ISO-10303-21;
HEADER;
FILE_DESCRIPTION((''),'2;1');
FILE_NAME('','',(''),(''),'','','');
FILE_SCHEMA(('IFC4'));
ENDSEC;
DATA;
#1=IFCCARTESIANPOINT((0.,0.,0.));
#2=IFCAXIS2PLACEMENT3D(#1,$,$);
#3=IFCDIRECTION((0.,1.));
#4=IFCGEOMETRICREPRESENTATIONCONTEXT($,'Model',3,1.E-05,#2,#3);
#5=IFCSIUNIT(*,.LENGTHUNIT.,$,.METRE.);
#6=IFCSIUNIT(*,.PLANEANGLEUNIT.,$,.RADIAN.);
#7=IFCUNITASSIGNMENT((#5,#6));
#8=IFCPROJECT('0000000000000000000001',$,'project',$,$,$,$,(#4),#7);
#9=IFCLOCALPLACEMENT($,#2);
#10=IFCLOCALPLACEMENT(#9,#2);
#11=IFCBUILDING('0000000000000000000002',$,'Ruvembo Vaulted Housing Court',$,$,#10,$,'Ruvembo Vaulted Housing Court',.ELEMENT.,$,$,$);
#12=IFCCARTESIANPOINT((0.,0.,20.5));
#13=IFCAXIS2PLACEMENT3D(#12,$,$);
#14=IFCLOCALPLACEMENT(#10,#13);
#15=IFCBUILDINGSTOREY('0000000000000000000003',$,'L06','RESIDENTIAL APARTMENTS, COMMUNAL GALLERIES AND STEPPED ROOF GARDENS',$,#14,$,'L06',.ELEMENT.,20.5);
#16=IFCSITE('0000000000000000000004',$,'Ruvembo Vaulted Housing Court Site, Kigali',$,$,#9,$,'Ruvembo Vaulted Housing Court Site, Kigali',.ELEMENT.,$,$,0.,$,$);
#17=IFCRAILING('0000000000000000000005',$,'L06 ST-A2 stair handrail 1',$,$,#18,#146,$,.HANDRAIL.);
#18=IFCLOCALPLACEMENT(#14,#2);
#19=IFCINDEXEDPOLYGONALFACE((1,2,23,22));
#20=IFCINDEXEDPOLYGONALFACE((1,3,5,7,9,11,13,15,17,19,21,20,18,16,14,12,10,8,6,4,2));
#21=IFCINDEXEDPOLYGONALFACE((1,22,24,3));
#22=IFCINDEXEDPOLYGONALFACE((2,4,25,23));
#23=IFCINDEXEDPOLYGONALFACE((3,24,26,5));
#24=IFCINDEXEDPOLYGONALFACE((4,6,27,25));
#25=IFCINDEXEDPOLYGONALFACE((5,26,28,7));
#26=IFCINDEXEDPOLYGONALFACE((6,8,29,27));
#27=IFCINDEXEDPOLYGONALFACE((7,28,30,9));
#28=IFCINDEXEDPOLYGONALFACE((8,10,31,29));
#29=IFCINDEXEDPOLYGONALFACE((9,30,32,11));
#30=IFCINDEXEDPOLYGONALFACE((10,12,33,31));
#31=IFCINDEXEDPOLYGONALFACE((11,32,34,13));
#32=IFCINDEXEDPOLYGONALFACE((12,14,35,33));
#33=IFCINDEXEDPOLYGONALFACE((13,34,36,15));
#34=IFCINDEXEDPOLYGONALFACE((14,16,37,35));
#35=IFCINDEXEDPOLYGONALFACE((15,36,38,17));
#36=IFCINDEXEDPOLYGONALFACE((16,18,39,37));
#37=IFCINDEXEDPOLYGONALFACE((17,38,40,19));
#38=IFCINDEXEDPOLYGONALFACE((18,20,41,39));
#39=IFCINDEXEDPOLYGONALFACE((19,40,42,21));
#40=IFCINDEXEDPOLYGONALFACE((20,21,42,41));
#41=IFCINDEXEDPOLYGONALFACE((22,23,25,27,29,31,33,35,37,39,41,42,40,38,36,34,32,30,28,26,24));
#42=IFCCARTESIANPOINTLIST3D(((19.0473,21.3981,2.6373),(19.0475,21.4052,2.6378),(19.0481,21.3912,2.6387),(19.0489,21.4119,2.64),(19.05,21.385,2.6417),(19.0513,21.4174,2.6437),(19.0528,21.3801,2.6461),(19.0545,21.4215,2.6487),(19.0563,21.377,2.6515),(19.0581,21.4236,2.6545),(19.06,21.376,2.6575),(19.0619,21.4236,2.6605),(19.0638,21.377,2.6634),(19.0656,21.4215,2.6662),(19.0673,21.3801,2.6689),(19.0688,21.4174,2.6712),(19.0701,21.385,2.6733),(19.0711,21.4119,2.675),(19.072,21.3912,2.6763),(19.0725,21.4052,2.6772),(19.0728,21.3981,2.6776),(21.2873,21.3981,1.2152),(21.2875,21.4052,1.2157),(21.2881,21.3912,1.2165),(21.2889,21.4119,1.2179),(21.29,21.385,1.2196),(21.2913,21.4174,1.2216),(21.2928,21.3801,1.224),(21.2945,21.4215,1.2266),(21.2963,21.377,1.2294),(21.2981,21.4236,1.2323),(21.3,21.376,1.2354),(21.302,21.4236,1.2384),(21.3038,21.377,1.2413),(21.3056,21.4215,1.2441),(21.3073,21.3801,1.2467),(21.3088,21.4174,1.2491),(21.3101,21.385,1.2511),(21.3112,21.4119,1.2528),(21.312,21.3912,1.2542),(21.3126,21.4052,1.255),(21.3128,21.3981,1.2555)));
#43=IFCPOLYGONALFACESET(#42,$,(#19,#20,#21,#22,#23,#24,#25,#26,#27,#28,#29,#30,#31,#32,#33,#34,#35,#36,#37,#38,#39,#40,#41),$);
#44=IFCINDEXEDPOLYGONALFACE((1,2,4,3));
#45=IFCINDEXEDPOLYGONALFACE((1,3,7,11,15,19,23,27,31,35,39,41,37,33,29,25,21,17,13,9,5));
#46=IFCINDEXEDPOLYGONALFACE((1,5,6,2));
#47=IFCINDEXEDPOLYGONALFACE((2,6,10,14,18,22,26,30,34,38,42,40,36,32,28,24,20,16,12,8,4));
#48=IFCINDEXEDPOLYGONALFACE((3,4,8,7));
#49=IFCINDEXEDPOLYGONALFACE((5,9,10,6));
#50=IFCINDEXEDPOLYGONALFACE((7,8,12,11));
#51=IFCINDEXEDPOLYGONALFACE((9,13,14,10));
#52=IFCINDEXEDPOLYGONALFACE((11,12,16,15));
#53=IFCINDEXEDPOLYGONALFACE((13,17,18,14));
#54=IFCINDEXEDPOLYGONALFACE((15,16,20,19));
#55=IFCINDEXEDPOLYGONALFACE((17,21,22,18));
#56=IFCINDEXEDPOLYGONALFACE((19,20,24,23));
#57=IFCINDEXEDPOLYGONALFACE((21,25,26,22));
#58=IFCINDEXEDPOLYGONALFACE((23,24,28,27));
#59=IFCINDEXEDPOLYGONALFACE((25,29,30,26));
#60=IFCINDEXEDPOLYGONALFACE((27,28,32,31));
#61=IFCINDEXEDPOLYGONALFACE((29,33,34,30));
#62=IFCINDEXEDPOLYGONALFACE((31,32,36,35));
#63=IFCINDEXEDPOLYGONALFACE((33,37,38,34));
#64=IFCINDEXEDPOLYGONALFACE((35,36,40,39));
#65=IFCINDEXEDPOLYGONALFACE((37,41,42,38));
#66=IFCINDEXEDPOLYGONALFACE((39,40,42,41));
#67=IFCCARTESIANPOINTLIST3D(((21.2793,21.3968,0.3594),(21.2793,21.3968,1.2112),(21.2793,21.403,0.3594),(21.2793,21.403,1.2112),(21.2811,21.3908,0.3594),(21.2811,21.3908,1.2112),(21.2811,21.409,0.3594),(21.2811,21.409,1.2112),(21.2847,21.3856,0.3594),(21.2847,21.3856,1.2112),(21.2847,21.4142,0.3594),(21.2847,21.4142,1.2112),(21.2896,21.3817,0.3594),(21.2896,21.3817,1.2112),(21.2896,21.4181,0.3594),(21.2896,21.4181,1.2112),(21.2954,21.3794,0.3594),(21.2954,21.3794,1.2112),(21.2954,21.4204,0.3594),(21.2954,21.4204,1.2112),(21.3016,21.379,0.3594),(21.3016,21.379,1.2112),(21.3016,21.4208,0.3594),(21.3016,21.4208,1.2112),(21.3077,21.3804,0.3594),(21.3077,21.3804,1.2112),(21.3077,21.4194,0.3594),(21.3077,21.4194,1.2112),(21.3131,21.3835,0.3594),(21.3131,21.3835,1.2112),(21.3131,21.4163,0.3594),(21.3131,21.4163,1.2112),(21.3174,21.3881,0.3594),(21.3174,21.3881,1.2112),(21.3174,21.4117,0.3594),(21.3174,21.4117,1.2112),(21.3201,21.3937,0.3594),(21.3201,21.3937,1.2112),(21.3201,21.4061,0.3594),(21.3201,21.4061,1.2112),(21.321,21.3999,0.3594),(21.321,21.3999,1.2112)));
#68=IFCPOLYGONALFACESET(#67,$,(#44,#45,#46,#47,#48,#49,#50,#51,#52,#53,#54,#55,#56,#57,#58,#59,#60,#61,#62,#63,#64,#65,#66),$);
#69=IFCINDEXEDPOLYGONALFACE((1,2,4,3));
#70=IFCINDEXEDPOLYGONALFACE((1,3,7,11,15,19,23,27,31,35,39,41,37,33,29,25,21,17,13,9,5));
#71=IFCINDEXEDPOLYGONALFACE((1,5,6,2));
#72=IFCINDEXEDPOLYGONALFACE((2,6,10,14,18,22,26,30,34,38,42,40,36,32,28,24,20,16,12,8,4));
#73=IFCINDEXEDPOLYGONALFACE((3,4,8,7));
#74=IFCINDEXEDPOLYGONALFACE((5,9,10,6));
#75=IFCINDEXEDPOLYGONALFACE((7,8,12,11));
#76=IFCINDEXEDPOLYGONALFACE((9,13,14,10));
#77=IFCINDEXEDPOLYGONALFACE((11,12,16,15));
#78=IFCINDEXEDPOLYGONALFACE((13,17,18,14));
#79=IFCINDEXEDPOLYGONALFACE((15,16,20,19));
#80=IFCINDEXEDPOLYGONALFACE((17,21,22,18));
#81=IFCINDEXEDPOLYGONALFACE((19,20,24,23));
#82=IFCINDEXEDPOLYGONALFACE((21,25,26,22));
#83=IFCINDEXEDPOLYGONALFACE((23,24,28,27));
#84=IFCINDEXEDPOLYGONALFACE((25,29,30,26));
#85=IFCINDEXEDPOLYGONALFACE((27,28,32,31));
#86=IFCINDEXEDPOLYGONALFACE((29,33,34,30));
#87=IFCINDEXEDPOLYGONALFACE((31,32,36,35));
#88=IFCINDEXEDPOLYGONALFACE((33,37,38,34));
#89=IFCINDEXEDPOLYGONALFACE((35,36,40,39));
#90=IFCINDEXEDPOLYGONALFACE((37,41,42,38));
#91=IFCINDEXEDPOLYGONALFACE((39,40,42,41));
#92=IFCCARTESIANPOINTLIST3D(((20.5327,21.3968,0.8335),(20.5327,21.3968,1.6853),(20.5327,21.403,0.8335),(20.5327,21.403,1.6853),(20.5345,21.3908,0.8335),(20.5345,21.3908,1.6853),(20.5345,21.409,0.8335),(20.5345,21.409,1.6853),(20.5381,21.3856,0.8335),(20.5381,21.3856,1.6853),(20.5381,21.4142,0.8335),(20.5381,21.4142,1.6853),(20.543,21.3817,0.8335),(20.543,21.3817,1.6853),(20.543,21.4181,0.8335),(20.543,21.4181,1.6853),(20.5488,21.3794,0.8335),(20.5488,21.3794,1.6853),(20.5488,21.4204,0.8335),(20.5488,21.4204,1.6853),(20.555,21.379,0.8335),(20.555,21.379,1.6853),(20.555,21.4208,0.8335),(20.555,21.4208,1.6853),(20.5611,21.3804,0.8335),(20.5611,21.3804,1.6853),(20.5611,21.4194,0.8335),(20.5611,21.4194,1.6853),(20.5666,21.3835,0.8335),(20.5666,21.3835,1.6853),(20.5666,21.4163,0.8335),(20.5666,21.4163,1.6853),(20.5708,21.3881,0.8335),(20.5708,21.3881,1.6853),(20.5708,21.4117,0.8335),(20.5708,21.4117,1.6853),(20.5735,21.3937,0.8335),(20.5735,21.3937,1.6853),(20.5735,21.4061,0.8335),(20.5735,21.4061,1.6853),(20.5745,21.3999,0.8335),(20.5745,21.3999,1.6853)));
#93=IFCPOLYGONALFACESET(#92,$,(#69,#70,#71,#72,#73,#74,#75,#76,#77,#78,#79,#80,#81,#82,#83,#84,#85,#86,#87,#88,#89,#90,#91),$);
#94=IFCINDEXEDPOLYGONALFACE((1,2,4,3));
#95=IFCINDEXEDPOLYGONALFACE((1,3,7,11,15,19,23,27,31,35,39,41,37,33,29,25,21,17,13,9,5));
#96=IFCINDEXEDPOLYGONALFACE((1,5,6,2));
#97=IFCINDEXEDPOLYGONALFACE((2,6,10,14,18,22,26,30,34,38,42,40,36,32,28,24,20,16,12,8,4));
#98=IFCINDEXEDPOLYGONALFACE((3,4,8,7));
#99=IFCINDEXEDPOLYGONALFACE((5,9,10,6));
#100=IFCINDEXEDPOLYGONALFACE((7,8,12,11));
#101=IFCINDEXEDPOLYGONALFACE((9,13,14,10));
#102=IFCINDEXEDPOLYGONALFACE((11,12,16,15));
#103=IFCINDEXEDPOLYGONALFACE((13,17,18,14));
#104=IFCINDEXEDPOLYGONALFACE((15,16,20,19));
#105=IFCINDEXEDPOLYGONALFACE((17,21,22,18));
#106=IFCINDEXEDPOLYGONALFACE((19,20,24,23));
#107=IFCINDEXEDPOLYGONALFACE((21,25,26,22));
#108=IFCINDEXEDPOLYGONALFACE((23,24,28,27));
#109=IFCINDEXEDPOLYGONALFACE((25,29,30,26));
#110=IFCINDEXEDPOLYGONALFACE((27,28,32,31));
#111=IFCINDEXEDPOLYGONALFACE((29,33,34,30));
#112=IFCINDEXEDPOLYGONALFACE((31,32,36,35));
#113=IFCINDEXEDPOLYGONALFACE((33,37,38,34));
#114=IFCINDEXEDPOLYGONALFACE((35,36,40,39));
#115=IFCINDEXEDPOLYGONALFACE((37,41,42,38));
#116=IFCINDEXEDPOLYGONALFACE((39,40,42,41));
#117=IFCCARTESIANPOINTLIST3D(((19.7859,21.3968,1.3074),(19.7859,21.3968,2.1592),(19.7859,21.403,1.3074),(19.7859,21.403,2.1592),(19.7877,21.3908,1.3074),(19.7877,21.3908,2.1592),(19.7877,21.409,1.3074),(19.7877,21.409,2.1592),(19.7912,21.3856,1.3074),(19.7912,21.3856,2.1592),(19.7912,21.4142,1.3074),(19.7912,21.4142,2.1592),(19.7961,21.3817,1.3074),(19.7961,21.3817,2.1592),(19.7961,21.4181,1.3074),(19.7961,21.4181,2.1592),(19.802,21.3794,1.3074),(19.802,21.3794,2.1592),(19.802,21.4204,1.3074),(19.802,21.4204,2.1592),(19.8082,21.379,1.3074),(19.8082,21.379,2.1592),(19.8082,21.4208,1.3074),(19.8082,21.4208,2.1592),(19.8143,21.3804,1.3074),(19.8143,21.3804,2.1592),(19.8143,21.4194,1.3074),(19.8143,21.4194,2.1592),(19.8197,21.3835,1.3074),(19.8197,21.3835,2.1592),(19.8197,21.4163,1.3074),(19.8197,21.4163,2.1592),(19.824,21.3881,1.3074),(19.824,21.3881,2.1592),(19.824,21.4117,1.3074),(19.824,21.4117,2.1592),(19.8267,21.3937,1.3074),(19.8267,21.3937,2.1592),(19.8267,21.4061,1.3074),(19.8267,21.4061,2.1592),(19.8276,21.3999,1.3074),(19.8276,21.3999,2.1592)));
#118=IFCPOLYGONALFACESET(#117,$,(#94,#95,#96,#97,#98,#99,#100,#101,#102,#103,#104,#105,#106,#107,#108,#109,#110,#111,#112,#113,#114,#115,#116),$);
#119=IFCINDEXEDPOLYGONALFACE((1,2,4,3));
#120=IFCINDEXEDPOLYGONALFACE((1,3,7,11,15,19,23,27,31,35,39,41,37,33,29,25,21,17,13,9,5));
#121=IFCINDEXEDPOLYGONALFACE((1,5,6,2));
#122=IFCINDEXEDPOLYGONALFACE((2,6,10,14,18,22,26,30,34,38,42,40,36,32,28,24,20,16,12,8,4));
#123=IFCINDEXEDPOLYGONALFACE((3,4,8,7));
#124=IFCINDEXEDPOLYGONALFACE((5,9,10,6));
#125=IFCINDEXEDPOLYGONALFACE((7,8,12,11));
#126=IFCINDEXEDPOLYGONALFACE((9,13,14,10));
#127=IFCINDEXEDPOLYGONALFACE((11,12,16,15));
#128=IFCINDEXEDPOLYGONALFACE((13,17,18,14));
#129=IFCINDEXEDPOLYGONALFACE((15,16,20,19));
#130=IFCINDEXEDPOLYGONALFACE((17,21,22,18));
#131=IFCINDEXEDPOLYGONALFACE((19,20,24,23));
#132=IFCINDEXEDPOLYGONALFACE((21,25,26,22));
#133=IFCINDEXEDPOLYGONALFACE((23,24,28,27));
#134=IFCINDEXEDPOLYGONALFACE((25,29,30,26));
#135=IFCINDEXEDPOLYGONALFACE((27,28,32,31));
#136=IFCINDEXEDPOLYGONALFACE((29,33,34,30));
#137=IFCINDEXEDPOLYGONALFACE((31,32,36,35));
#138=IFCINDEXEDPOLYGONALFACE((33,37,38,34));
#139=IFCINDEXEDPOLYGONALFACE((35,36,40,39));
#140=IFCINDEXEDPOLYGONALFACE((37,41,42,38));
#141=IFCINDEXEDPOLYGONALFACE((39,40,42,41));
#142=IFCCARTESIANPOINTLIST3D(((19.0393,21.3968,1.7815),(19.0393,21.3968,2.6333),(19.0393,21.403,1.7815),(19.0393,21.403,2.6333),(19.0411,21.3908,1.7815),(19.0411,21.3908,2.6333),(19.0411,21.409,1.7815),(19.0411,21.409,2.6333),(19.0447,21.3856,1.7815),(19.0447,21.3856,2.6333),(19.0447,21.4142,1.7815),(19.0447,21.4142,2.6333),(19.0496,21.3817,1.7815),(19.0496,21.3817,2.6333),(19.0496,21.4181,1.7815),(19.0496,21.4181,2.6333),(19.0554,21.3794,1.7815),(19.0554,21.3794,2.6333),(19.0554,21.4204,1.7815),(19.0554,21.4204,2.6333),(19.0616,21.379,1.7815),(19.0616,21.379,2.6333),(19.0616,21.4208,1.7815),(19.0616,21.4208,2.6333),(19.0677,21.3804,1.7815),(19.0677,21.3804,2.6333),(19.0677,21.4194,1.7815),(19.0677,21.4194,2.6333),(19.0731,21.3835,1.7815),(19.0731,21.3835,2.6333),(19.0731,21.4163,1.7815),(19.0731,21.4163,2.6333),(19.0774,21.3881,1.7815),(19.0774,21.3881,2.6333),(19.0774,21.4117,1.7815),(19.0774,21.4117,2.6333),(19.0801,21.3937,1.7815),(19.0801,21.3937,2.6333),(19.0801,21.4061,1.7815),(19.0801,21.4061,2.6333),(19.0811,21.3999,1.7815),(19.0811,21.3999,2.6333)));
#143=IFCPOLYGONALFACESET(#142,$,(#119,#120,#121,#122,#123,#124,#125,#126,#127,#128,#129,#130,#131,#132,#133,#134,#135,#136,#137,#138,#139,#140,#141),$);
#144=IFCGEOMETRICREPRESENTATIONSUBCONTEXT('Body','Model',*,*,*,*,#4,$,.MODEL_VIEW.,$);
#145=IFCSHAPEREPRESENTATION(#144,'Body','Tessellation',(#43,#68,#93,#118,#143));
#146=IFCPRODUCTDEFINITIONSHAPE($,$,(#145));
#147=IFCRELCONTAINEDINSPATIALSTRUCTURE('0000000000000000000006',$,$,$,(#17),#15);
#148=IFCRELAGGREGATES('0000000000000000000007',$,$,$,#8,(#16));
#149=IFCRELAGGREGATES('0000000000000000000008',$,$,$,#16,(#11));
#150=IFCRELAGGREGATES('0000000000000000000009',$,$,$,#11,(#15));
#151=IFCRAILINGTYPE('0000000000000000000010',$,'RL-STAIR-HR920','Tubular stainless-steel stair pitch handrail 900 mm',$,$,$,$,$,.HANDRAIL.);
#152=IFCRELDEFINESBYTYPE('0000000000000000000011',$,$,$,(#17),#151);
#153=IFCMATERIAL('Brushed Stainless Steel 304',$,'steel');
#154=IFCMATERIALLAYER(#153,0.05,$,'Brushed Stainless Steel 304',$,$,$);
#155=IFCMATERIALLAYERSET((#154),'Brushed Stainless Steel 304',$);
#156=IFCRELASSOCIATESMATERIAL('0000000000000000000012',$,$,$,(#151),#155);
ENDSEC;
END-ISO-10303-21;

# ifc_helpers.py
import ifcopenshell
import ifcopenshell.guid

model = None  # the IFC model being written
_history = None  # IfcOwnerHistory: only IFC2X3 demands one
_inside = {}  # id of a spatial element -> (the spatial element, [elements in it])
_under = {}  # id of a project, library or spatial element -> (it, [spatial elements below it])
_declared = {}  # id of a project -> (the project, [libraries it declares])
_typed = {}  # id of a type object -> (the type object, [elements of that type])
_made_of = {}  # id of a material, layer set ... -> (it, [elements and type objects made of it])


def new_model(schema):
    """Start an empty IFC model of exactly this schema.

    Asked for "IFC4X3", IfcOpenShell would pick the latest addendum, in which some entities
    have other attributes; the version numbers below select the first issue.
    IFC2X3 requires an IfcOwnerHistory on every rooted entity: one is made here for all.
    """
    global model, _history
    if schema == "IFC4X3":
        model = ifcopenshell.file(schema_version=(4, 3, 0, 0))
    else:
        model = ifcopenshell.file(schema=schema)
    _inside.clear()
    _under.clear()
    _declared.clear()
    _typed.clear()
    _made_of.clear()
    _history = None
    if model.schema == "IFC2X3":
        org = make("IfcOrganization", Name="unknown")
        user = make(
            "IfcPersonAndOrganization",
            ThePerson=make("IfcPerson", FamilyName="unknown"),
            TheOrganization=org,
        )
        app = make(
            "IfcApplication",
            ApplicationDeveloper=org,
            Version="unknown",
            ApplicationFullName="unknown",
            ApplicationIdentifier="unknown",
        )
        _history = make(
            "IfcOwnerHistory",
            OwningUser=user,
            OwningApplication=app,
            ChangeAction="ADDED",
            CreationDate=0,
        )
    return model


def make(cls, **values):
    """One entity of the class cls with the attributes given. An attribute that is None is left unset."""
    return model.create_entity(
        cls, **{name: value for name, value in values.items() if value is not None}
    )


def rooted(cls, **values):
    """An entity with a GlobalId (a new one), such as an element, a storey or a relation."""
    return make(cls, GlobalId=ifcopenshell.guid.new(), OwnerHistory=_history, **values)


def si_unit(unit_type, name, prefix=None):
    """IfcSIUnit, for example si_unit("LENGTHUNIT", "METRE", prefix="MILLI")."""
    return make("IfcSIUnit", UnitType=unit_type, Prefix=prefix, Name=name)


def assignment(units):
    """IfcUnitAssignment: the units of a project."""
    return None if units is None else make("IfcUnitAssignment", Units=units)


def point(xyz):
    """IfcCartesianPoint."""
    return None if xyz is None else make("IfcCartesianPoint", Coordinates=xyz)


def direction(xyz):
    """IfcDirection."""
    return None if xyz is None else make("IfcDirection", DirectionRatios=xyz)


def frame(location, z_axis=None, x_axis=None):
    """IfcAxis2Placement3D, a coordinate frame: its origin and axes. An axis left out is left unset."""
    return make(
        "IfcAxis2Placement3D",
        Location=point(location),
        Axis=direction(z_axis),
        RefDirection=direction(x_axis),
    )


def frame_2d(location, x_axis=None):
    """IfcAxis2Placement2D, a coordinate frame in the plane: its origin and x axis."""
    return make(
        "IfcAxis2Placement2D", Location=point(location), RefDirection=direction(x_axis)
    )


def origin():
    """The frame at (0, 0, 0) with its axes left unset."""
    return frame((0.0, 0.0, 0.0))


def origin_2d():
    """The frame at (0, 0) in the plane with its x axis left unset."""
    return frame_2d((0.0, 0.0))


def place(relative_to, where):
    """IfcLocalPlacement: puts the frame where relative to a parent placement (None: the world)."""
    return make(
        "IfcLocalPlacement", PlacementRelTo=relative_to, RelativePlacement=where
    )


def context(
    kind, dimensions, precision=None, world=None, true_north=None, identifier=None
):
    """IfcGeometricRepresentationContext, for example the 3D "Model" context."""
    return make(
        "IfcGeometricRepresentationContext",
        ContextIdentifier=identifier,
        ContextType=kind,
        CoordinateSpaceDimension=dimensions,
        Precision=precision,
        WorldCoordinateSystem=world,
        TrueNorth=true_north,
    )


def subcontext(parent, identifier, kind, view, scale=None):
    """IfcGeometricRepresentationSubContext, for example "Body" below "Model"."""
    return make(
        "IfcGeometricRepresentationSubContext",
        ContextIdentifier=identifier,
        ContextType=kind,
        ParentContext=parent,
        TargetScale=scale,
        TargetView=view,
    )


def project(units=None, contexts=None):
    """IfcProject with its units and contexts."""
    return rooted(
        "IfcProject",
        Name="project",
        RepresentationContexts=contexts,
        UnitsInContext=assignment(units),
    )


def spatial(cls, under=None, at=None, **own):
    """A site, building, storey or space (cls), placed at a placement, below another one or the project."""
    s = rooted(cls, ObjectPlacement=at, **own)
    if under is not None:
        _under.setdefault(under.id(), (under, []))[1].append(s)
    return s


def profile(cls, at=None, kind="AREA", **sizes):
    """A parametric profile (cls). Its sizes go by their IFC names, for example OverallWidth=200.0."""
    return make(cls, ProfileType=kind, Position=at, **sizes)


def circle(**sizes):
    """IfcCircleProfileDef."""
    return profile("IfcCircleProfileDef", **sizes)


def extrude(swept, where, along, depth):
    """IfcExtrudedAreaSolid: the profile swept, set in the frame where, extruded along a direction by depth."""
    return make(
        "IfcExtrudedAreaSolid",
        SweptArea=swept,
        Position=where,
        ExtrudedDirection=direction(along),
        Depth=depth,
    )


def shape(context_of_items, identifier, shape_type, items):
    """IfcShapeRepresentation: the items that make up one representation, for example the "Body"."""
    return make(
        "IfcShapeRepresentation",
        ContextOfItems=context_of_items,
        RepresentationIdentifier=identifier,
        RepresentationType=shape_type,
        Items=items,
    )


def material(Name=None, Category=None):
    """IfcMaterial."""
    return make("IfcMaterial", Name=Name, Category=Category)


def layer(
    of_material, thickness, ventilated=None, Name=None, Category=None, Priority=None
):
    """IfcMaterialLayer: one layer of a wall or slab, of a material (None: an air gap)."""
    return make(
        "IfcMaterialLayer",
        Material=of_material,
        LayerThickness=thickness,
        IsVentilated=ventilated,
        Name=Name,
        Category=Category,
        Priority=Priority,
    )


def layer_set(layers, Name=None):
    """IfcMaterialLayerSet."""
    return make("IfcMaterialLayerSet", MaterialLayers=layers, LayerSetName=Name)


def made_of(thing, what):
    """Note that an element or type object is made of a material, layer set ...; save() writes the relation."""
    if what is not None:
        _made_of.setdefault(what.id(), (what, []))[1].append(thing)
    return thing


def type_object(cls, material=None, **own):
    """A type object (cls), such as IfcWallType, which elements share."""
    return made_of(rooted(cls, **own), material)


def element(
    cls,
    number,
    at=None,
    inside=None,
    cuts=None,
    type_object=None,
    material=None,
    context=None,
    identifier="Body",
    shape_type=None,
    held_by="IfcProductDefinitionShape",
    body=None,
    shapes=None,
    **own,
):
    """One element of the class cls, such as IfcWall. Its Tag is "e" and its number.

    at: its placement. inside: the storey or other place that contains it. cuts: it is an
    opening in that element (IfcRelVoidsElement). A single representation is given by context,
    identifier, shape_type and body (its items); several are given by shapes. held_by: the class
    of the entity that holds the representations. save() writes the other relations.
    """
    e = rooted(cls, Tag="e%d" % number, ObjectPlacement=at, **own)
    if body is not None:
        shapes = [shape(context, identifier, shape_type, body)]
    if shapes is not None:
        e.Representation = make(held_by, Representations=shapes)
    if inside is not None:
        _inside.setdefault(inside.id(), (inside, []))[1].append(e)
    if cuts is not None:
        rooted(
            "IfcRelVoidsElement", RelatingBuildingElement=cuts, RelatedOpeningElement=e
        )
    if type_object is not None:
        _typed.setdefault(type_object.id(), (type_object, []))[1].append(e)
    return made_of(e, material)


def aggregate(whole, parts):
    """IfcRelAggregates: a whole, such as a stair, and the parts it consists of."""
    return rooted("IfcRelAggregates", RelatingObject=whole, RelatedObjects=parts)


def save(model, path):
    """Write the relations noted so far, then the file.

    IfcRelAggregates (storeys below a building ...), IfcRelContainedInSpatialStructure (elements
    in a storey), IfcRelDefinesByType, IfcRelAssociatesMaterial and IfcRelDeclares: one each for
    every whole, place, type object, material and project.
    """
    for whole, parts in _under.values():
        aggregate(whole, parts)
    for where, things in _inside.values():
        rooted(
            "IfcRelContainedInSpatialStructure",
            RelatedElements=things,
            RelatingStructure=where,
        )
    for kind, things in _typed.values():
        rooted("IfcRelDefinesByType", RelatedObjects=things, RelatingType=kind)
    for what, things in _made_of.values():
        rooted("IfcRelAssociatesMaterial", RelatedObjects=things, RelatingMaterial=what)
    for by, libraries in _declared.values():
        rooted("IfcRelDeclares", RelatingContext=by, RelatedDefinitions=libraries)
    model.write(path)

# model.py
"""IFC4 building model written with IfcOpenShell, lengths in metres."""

from ifc_helpers import new_model, si_unit, direction, frame, origin, origin_2d, place, context, subcontext, project, spatial, circle, extrude, material, layer, layer_set, type_object, element, save


model = new_model("IFC4")

# Units and contexts
model_context = context("Model", 3, precision=1e-05, world=origin(), true_north=direction((0.0, 1.0)))
body_context = subcontext(model_context, "Body", "Model", "MODEL_VIEW")
ifc_project = project(units=[si_unit("LENGTHUNIT", "METRE"), si_unit("PLANEANGLEUNIT", "RADIAN")], contexts=[model_context])

# Site, building, storey
site_placement = place(None, origin())
site = spatial("IfcSite", under=ifc_project, at=site_placement, Name="Ruvembo Vaulted Housing Court Site, Kigali", LongName="Ruvembo Vaulted Housing Court Site, Kigali", CompositionType="ELEMENT", RefElevation=0.0)
building_placement = place(site_placement, origin())
building = spatial("IfcBuilding", under=site, at=building_placement, Name="Ruvembo Vaulted Housing Court", LongName="Ruvembo Vaulted Housing Court", CompositionType="ELEMENT")
storey_placement = place(building_placement, frame((0.0, 0.0, 20.5)))
storey = spatial("IfcBuildingStorey", under=building, at=storey_placement, Name="L06", Description="RESIDENTIAL APARTMENTS, COMMUNAL GALLERIES AND STEPPED ROOF GARDENS", LongName="L06", CompositionType="ELEMENT", Elevation=20.5)

# Railing
ifc_material_1 = material(Name="Brushed Stainless Steel 304", Category="steel")
ifc_layer_1 = layer(ifc_material_1, 0.05, Name="Brushed Stainless Steel 304")
ifc_layer_set_1 = layer_set([ifc_layer_1], Name="Brushed Stainless Steel 304")
railing_type_1 = type_object("IfcRailingType", Name="RL-STAIR-HR920", Description="Tubular stainless-steel stair pitch handrail 900 mm", PredefinedType="HANDRAIL", material=ifc_layer_set_1)
railing_1_placement = place(storey_placement, frame((21.3, 21.3999, 0.3594)))
element("IfcRailing", 1, at=railing_1_placement, inside=storey, type_object=railing_type_1, Name="L06 ST-A2 stair handrail 1", PredefinedType="HANDRAIL", context=body_context, shape_type="SweptSolid", body=[
    extrude(circle(Radius=0.0239, at=origin_2d()), frame((0.0, 0.0, 0.876), z_axis=(-0.844229, 0.0, 0.535982), x_axis=(0.0, -1.0, 0.0)), (0.0, 0.0, 1.0), 2.6533),
    extrude(circle(Radius=0.021, at=origin_2d()), origin(), (0.0, 0.0, 1.0), 0.8518),
    extrude(circle(Radius=0.021, at=origin_2d()), frame((-0.7466, 0.0, 0.4741)), (0.0, 0.0, 1.0), 0.8518),
    extrude(circle(Radius=0.021, at=origin_2d()), frame((-1.4934, 0.0, 0.948)), (0.0, 0.0, 1.0), 0.8518),
    extrude(circle(Radius=0.021, at=origin_2d()), frame((-2.24, 0.0, 1.4221)), (0.0, 0.0, 1.0), 0.8518),
])

save(model, "model.ifc")
